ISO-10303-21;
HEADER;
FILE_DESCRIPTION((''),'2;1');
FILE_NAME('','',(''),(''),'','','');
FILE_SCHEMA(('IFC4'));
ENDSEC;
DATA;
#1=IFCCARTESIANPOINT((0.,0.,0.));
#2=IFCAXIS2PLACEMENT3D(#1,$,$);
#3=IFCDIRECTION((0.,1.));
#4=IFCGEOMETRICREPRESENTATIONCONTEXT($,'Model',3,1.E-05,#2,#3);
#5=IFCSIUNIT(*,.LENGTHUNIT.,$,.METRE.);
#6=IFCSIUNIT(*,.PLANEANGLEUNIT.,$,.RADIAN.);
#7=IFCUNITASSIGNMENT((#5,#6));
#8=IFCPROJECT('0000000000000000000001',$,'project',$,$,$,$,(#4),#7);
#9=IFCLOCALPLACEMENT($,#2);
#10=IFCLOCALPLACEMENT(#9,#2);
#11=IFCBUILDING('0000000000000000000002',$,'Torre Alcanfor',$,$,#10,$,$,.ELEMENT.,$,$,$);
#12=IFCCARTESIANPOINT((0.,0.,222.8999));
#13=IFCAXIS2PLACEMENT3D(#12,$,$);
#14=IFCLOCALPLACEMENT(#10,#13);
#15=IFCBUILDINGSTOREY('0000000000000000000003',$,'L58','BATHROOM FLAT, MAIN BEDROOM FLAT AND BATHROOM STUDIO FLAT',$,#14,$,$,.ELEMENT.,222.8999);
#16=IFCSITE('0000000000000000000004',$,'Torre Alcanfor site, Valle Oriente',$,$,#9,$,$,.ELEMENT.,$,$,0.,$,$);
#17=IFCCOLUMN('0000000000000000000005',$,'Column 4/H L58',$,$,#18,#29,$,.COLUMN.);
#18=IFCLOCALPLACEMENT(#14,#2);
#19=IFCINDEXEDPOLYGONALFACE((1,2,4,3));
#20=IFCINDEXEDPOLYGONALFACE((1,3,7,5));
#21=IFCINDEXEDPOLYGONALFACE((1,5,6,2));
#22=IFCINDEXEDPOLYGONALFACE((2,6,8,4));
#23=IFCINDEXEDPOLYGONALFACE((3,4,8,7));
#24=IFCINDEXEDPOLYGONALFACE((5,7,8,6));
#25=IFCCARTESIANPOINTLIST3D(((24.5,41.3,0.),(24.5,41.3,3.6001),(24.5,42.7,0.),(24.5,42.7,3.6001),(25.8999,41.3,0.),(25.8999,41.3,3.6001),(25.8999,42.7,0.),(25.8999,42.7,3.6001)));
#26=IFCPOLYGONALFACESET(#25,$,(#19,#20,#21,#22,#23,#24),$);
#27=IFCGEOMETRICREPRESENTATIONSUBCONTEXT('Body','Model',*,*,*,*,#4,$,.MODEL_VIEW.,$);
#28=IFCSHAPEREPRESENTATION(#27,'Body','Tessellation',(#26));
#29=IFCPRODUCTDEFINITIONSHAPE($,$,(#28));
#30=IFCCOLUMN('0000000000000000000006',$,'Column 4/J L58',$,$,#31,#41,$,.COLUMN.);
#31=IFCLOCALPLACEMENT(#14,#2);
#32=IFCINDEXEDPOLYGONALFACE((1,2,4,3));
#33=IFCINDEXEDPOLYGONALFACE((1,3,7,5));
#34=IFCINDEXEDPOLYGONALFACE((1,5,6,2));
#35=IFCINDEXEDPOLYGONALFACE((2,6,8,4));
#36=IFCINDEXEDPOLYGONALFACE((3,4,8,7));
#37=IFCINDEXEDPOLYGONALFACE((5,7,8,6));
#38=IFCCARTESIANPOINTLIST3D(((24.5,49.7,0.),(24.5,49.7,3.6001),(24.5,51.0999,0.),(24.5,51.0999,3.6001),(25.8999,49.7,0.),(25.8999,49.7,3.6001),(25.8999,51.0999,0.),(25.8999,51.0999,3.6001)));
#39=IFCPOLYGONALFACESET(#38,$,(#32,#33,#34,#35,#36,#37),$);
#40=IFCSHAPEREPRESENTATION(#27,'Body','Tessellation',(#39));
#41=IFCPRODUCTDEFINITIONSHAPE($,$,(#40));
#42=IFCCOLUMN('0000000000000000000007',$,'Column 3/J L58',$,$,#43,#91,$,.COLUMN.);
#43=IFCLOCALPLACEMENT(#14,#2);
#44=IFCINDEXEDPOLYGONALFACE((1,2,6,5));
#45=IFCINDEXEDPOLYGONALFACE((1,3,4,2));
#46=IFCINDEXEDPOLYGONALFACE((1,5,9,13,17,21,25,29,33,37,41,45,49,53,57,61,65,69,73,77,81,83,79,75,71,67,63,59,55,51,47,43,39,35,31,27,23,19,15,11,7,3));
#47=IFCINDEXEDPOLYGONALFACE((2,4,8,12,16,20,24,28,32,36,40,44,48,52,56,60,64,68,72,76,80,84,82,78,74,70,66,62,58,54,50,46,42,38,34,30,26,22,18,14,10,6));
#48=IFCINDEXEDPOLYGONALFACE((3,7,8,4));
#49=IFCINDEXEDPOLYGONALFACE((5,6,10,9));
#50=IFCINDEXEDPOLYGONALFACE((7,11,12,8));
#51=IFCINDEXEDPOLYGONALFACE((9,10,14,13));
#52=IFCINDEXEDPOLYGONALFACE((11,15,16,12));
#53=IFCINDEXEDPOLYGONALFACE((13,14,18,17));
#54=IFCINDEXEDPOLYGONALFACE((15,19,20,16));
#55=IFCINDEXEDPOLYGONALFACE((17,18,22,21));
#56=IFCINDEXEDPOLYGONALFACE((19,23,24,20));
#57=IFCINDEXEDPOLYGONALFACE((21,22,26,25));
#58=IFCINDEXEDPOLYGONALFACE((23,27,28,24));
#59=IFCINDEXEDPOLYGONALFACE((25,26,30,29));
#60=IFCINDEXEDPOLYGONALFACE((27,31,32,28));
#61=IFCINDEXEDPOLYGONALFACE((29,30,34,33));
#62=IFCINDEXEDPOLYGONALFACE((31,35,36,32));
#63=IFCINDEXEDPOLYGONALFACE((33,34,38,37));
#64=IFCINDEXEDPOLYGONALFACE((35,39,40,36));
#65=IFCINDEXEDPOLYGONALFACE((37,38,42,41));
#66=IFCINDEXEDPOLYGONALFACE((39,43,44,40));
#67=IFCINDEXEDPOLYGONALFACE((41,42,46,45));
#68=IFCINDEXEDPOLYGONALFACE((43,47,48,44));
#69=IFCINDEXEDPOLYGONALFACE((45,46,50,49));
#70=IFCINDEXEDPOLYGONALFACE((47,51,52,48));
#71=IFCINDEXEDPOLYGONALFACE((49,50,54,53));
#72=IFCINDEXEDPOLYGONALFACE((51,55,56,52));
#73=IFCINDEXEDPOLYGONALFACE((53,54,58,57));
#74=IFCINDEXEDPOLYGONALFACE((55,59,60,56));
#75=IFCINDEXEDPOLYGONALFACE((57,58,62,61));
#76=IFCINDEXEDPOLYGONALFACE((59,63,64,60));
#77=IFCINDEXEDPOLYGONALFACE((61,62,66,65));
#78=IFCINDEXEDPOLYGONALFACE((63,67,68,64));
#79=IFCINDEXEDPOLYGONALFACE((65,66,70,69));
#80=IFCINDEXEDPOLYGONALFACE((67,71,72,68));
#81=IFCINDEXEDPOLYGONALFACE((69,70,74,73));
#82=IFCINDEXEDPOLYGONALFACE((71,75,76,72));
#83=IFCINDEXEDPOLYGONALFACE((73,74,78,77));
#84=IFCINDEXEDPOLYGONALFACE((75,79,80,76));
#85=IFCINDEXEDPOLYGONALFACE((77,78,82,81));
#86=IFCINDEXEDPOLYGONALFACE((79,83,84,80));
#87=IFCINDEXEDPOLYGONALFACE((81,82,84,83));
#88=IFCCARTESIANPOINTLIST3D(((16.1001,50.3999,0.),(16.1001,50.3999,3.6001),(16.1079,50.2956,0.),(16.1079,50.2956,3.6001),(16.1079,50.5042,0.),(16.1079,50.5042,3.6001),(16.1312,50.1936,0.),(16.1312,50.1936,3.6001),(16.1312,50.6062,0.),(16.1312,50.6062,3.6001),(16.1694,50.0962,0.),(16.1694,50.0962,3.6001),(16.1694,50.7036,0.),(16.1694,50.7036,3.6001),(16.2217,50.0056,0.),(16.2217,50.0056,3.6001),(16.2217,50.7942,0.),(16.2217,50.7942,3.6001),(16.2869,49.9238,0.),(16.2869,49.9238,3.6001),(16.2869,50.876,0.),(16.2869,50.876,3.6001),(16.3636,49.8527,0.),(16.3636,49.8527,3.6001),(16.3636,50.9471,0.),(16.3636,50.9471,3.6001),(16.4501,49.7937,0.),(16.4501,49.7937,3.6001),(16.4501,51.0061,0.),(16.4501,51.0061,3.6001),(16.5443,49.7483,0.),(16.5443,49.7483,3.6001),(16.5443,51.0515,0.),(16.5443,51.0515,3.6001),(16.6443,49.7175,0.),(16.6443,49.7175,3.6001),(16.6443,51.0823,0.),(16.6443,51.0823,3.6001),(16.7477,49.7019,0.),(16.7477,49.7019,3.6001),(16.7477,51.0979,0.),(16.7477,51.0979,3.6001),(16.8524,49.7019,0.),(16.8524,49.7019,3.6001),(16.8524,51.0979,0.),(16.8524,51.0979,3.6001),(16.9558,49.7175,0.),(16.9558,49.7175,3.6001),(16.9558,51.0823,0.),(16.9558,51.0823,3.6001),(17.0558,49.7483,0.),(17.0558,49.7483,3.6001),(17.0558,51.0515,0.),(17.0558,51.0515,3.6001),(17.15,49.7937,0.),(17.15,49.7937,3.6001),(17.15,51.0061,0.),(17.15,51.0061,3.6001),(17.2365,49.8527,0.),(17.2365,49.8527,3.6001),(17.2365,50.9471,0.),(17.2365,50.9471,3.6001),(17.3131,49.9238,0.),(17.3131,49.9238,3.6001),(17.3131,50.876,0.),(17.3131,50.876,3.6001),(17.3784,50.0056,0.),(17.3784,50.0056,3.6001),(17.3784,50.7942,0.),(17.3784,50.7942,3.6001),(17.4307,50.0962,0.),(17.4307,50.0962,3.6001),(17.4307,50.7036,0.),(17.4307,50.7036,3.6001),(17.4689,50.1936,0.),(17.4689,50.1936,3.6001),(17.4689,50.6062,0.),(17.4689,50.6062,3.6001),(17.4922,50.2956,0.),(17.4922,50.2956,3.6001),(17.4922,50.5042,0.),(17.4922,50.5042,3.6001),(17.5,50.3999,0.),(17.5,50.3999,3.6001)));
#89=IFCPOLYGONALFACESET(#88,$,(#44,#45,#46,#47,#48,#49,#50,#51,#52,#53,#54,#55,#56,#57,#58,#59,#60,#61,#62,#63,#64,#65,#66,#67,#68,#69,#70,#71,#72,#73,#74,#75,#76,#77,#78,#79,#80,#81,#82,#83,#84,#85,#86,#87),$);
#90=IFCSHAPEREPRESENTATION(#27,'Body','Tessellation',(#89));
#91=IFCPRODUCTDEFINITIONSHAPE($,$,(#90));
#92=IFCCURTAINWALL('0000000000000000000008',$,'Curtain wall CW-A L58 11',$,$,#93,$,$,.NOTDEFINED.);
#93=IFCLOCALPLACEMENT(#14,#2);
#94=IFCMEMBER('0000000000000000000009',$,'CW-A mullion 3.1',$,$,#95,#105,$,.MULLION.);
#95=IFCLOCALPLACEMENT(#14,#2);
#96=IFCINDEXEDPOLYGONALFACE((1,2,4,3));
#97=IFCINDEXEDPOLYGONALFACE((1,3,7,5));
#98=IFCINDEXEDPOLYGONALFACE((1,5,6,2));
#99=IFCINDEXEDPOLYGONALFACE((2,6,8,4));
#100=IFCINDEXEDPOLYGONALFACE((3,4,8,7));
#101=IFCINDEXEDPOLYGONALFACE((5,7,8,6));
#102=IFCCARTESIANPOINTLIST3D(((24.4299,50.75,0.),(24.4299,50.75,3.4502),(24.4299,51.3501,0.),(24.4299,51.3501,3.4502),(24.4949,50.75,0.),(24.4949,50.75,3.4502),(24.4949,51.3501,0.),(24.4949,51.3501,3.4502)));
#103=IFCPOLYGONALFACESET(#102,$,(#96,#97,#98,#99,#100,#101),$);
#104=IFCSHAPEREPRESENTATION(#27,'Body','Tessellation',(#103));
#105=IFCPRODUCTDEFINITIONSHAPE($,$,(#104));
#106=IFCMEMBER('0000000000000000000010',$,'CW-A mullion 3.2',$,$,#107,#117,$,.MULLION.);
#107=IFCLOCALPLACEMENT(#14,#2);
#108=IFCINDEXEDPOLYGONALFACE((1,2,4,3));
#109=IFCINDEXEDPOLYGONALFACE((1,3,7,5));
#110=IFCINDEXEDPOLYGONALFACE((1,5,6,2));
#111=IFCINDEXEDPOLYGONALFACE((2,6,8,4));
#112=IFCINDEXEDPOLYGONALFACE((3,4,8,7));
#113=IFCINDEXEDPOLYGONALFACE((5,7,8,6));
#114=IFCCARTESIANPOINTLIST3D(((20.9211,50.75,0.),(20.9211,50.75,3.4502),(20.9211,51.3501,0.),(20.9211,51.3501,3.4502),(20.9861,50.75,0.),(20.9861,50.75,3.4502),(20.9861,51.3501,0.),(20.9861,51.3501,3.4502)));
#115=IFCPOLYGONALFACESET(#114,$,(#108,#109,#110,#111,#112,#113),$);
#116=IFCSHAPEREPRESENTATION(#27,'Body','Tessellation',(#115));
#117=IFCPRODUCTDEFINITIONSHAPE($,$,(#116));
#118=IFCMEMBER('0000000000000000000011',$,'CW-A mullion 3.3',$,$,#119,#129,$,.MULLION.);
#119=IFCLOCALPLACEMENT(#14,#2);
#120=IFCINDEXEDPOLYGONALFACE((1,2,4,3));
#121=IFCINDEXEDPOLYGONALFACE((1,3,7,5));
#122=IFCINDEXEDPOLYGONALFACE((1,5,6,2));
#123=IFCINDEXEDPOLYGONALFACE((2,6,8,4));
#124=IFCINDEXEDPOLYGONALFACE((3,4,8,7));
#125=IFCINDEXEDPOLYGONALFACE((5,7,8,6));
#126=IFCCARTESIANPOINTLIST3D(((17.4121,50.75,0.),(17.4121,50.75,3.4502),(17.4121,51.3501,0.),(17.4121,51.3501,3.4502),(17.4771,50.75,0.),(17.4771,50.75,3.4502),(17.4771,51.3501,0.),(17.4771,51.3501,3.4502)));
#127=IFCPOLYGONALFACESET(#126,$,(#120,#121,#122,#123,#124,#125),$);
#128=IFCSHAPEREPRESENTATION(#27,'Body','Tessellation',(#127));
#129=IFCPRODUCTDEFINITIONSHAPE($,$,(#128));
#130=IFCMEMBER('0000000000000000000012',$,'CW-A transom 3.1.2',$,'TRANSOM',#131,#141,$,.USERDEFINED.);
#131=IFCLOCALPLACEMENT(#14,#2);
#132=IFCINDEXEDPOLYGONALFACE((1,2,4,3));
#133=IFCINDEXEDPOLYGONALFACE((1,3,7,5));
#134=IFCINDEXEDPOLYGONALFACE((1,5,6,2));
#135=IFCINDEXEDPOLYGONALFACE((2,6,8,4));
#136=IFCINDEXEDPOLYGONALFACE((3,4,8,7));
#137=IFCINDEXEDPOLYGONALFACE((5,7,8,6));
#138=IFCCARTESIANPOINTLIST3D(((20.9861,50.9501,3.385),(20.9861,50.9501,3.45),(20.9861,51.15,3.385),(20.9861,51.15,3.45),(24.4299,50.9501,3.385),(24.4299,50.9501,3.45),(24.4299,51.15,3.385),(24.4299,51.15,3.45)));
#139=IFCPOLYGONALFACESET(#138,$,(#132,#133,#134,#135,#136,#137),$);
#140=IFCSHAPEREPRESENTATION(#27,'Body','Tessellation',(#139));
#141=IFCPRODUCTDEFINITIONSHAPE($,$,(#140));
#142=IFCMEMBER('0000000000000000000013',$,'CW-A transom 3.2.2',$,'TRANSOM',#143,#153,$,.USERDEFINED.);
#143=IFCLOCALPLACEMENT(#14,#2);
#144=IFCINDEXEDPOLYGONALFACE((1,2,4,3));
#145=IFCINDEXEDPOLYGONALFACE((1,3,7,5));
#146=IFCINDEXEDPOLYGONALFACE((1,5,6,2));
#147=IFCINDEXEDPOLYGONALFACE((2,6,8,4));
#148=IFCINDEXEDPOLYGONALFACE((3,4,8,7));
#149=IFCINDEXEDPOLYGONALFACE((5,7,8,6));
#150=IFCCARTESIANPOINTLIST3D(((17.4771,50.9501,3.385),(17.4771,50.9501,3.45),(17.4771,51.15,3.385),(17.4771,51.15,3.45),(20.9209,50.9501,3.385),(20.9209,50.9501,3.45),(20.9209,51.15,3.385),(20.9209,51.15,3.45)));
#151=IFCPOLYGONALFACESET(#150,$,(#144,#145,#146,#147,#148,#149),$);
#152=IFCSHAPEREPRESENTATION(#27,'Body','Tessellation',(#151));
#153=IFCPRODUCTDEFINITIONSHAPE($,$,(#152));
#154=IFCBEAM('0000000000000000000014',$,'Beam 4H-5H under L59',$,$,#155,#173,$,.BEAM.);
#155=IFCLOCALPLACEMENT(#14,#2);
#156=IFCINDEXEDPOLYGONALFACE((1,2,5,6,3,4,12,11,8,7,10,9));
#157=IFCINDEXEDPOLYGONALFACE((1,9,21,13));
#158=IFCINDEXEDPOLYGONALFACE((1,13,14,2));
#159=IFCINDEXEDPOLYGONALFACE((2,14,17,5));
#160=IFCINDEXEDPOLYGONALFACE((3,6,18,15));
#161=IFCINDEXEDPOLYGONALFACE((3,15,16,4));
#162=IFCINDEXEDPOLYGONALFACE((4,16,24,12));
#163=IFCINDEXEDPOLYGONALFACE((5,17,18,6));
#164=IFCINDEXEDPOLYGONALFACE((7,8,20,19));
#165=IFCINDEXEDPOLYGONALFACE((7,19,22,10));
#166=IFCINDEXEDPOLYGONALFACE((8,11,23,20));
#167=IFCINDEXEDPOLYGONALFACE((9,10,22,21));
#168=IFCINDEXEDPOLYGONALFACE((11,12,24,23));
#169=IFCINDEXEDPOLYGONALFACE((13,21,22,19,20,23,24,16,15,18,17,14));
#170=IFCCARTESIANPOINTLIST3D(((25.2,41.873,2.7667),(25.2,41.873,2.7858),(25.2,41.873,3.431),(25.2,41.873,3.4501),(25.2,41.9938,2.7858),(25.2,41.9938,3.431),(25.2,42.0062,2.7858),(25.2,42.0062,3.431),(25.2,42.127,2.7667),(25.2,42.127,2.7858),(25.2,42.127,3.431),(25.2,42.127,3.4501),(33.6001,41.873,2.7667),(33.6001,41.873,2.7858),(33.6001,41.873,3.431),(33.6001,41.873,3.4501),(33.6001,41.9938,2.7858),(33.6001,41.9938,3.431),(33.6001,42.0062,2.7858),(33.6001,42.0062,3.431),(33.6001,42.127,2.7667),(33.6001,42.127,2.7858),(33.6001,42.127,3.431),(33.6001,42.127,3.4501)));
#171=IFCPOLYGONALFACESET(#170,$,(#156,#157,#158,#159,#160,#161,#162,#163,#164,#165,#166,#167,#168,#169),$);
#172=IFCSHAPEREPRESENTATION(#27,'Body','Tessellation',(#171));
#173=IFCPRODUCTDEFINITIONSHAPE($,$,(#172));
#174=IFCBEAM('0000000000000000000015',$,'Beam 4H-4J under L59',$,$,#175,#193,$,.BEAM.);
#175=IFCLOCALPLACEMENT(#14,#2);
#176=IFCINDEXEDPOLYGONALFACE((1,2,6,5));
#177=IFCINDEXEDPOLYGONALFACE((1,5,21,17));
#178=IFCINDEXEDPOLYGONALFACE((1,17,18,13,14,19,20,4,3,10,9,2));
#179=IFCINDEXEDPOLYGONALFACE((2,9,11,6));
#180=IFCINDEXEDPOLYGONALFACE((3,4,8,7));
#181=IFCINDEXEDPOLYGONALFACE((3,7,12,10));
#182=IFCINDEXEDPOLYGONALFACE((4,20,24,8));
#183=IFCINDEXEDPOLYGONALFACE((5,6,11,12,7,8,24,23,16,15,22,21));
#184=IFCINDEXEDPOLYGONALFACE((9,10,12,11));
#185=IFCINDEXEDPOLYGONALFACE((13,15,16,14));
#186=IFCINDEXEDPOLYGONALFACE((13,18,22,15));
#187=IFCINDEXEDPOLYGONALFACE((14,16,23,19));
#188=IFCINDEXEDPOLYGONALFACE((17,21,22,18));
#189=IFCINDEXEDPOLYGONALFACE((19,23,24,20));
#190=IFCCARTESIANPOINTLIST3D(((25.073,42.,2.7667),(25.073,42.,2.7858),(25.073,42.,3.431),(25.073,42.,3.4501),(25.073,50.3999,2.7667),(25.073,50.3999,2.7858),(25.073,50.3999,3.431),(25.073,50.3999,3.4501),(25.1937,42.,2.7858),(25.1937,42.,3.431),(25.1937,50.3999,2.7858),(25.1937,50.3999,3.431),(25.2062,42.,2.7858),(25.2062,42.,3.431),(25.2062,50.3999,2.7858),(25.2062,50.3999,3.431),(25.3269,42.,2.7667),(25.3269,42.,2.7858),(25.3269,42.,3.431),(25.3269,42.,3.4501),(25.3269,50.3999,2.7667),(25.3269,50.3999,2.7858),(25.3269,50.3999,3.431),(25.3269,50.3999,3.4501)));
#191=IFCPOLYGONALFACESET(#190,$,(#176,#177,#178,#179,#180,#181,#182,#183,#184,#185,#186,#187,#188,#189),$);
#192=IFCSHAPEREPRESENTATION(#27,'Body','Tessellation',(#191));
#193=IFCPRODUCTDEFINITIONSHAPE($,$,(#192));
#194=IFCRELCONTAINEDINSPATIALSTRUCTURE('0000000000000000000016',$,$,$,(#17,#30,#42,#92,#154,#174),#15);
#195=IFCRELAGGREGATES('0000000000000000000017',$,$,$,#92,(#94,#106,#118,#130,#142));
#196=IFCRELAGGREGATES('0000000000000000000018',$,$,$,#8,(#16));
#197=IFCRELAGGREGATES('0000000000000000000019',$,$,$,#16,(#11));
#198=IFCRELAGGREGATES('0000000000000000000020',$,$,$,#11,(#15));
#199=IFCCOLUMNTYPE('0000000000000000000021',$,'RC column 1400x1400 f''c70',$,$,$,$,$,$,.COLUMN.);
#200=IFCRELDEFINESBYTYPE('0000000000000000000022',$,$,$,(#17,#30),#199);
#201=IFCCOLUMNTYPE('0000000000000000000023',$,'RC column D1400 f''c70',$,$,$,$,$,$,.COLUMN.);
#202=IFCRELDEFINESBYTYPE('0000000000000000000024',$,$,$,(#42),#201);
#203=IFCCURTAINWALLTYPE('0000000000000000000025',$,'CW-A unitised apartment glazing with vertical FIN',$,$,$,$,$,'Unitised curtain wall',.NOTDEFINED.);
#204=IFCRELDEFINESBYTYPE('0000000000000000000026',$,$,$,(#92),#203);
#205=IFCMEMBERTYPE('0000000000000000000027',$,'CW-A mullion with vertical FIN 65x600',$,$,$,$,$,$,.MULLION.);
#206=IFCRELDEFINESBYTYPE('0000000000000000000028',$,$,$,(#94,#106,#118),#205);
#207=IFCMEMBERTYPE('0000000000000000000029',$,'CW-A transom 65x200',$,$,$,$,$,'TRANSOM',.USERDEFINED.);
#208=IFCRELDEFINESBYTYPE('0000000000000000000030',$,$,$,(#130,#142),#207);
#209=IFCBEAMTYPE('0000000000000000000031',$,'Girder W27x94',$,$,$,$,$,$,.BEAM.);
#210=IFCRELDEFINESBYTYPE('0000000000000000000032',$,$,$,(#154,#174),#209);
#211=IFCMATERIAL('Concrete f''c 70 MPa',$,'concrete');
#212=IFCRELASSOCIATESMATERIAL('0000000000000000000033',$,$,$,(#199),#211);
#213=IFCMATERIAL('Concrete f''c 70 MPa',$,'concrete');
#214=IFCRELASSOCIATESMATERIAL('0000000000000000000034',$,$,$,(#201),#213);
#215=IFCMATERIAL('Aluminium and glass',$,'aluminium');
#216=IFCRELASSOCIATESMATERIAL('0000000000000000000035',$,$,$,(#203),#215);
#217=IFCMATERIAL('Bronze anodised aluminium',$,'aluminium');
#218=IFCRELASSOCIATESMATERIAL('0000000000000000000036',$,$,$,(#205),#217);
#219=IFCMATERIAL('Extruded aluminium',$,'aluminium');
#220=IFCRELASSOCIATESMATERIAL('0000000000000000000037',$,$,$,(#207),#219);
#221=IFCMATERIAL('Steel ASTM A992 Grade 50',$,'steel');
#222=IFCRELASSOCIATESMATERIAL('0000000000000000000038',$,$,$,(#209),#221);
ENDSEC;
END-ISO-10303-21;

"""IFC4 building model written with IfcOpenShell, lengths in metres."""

from ifc_helpers import new_model, si_unit, direction, frame, origin, origin_2d, place, context, subcontext, project, spatial, rectangle, circle, i_section, extrude, material, material_profile, profile_set, type_object, element, aggregate, save


model = new_model("IFC4")

# Units and contexts
model_context = context("Model", 3, precision=1e-05, world=origin(), true_north=direction((0.0, 1.0)))
body_context = subcontext(model_context, "Body", "Model", "MODEL_VIEW")
ifc_project = project(units=[si_unit("LENGTHUNIT", "METRE"), si_unit("PLANEANGLEUNIT", "RADIAN")], contexts=[model_context])

# Site, building, storey
site_placement = place(None, origin())
site = spatial("IfcSite", under=ifc_project, at=site_placement, Name="Torre Alcanfor site, Valle Oriente", CompositionType="ELEMENT", RefElevation=0.0)
building_placement = place(site_placement, origin())
building = spatial("IfcBuilding", under=site, at=building_placement, Name="Torre Alcanfor", CompositionType="ELEMENT")
storey_placement = place(building_placement, frame((0.0, 0.0, 222.8999)))
storey = spatial("IfcBuildingStorey", under=building, at=storey_placement, Name="L58", Description="BATHROOM FLAT, MAIN BEDROOM FLAT AND BATHROOM STUDIO FLAT", CompositionType="ELEMENT", Elevation=222.8999)

# Columns
ifc_material_1 = material(Name="Concrete f'c 70 MPa", Category="concrete")
ifc_material_profile_1 = material_profile(ifc_material_1, rectangle(XDim=1.3999, YDim=1.3999, at=origin_2d()), Name="1400x1400")
ifc_profile_set_1 = profile_set([ifc_material_profile_1], Name="Concrete f'c 70 MPa")
column_type_1 = type_object("IfcColumnType", Name="RC column 1400x1400 f'c70", PredefinedType="COLUMN", material=ifc_profile_set_1)
for number, where, z_axis, x_axis, name in (
    (1, (25.2, 42.0, 0.0), (0.0, 0.0, 1.0), (1.0, 0.0, 0.0), "Column 4/H L58"),
    (2, (25.2, 50.3999, 0.0), (0.0, 0.0, 1.0), (1.0, 0.0, 0.0), "Column 4/J L58"),
):
    element("IfcColumn", number, at=place(storey_placement, frame(where, z_axis=z_axis, x_axis=x_axis)), inside=storey, type_object=column_type_1, Name=name, PredefinedType="COLUMN", context=body_context, shape_type="SweptSolid", body=[
        extrude(rectangle(XDim=1.3999, YDim=1.3999, at=origin_2d()), origin(), (0.0, 0.0, 1.0), 3.6001),
    ])
ifc_material_2 = material(Name="Concrete f'c 70 MPa", Category="concrete")
ifc_material_profile_2 = material_profile(ifc_material_2, circle(Radius=0.7, at=origin_2d()), Name="D1400")
ifc_profile_set_2 = profile_set([ifc_material_profile_2], Name="Concrete f'c 70 MPa")
column_type_2 = type_object("IfcColumnType", Name="RC column D1400 f'c70", PredefinedType="COLUMN", material=ifc_profile_set_2)
column_placement = place(storey_placement, frame((16.8, 50.3999, 0.0), z_axis=(0.0, 0.0, 1.0), x_axis=(1.0, 0.0, 0.0)))
element("IfcColumn", 3, at=column_placement, inside=storey, type_object=column_type_2, Name="Column 3/J L58", PredefinedType="COLUMN", context=body_context, shape_type="SweptSolid", body=[
    extrude(circle(Radius=0.7, at=origin_2d()), origin(), (0.0, 0.0, 1.0), 3.6001),
])

# Curtain wall, members
ifc_material_3 = material(Name="Aluminium and glass", Category="aluminium")
curtain_wall_type = type_object("IfcCurtainWallType", Name="CW-A unitised apartment glazing with vertical FIN", ElementType="Unitised curtain wall", PredefinedType="NOTDEFINED", material=ifc_material_3)
curtain_wall_placement = place(storey_placement, origin())
curtain_wall = element("IfcCurtainWall", 4, at=curtain_wall_placement, inside=storey, type_object=curtain_wall_type, Name="Curtain wall CW-A L58 11", PredefinedType="NOTDEFINED")
ifc_material_4 = material(Name="Bronze anodised aluminium", Category="aluminium")
ifc_material_profile_3 = material_profile(ifc_material_4, rectangle(XDim=0.6001, YDim=0.0649, at=origin_2d()), Name="CW-A mullion 65x600")
ifc_profile_set_3 = profile_set([ifc_material_profile_3], Name="Bronze anodised aluminium")
member_type_1 = type_object("IfcMemberType", Name="CW-A mullion with vertical FIN 65x600", PredefinedType="MULLION", material=ifc_profile_set_3)
member_1_placement = place(storey_placement, frame((24.4624, 51.05, 0.0), z_axis=(0.0, 0.0, 1.0), x_axis=(0.0, -1.0, 0.0)))
member_1 = element("IfcMember", 5, at=member_1_placement, type_object=member_type_1, Name="CW-A mullion 3.1", PredefinedType="MULLION", context=body_context, shape_type="SweptSolid", body=[
    extrude(rectangle(XDim=0.6001, YDim=0.0649, at=origin_2d()), origin(), (0.0, 0.0, 1.0), 3.4502),
])
member_2_placement = place(storey_placement, frame((20.9536, 51.05, 0.0), z_axis=(0.0, 0.0, 1.0), x_axis=(0.0, -1.0, 0.0)))
member_2 = element("IfcMember", 6, at=member_2_placement, type_object=member_type_1, Name="CW-A mullion 3.2", PredefinedType="MULLION", context=body_context, shape_type="SweptSolid", body=[
    extrude(rectangle(XDim=0.6001, YDim=0.0649, at=origin_2d()), origin(), (0.0, 0.0, 1.0), 3.4502),
])
member_3_placement = place(storey_placement, frame((17.4446, 51.05, 0.0), z_axis=(0.0, 0.0, 1.0), x_axis=(0.0, -1.0, 0.0)))
member_3 = element("IfcMember", 7, at=member_3_placement, type_object=member_type_1, Name="CW-A mullion 3.3", PredefinedType="MULLION", context=body_context, shape_type="SweptSolid", body=[
    extrude(rectangle(XDim=0.6001, YDim=0.0649, at=origin_2d()), origin(), (0.0, 0.0, 1.0), 3.4502),
])
ifc_material_5 = material(Name="Extruded aluminium", Category="aluminium")
ifc_material_profile_4 = material_profile(ifc_material_5, rectangle(XDim=0.2, YDim=0.0649, at=origin_2d()), Name="CW-A transom 200x65")
ifc_profile_set_4 = profile_set([ifc_material_profile_4], Name="Extruded aluminium")
member_type_2 = type_object("IfcMemberType", Name="CW-A transom 65x200", ElementType="TRANSOM", PredefinedType="USERDEFINED", material=ifc_profile_set_4)
member_4_placement = place(storey_placement, frame((24.4299, 51.05, 3.4175), z_axis=(-1.0, 0.0, 0.0), x_axis=(0.0, -1.0, 0.0)))
member_4 = element("IfcMember", 8, at=member_4_placement, type_object=member_type_2, Name="CW-A transom 3.1.2", ObjectType="TRANSOM", PredefinedType="USERDEFINED", context=body_context, shape_type="SweptSolid", body=[
    extrude(rectangle(XDim=0.2, YDim=0.0649, at=origin_2d()), origin(), (0.0, 0.0, 1.0), 3.4438),
])
member_5_placement = place(storey_placement, frame((20.9209, 51.05, 3.4175), z_axis=(-1.0, 0.0, 0.0), x_axis=(0.0, -1.0, 0.0)))
member_5 = element("IfcMember", 9, at=member_5_placement, type_object=member_type_2, Name="CW-A transom 3.2.2", ObjectType="TRANSOM", PredefinedType="USERDEFINED", context=body_context, shape_type="SweptSolid", body=[
    extrude(rectangle(XDim=0.2, YDim=0.0649, at=origin_2d()), origin(), (0.0, 0.0, 1.0), 3.4438),
])

# Beams
ifc_material_6 = material(Name="Steel ASTM A992 Grade 50", Category="steel")
ifc_material_profile_5 = material_profile(ifc_material_6, i_section(OverallWidth=0.2539, OverallDepth=0.6833, WebThickness=0.0125, FlangeThickness=0.019, at=origin_2d()), Name="W27x94")
ifc_profile_set_5 = profile_set([ifc_material_profile_5], Name="Steel ASTM A992 Grade 50")
beam_type_1 = type_object("IfcBeamType", Name="Girder W27x94", PredefinedType="BEAM", material=ifc_profile_set_5)
beam_1_placement = place(storey_placement, frame((25.2, 42.0, 3.1084), z_axis=(1.0, 0.0, 0.0), x_axis=(0.0, 1.0, 0.0)))
element("IfcBeam", 10, at=beam_1_placement, inside=storey, type_object=beam_type_1, Name="Beam 4H-5H under L59", PredefinedType="BEAM", context=body_context, shape_type="SweptSolid", body=[
    extrude(i_section(OverallWidth=0.2539, OverallDepth=0.6833, WebThickness=0.0125, FlangeThickness=0.019, at=origin_2d()), origin(), (0.0, 0.0, 1.0), 8.4001),
])
beam_2_placement = place(storey_placement, frame((25.2, 42.0, 3.1084), z_axis=(0.0, 1.0, 0.0), x_axis=(-1.0, 0.0, 0.0)))
element("IfcBeam", 11, at=beam_2_placement, inside=storey, type_object=beam_type_1, Name="Beam 4H-4J under L59", PredefinedType="BEAM", context=body_context, shape_type="SweptSolid", body=[
    extrude(i_section(OverallWidth=0.2539, OverallDepth=0.6833, WebThickness=0.0125, FlangeThickness=0.019, at=origin_2d()), origin(), (0.0, 0.0, 1.0), 8.3999),
])

aggregate(curtain_wall, [member_1, member_2, member_3, member_4, member_5])

save(model, "model.ifc")
